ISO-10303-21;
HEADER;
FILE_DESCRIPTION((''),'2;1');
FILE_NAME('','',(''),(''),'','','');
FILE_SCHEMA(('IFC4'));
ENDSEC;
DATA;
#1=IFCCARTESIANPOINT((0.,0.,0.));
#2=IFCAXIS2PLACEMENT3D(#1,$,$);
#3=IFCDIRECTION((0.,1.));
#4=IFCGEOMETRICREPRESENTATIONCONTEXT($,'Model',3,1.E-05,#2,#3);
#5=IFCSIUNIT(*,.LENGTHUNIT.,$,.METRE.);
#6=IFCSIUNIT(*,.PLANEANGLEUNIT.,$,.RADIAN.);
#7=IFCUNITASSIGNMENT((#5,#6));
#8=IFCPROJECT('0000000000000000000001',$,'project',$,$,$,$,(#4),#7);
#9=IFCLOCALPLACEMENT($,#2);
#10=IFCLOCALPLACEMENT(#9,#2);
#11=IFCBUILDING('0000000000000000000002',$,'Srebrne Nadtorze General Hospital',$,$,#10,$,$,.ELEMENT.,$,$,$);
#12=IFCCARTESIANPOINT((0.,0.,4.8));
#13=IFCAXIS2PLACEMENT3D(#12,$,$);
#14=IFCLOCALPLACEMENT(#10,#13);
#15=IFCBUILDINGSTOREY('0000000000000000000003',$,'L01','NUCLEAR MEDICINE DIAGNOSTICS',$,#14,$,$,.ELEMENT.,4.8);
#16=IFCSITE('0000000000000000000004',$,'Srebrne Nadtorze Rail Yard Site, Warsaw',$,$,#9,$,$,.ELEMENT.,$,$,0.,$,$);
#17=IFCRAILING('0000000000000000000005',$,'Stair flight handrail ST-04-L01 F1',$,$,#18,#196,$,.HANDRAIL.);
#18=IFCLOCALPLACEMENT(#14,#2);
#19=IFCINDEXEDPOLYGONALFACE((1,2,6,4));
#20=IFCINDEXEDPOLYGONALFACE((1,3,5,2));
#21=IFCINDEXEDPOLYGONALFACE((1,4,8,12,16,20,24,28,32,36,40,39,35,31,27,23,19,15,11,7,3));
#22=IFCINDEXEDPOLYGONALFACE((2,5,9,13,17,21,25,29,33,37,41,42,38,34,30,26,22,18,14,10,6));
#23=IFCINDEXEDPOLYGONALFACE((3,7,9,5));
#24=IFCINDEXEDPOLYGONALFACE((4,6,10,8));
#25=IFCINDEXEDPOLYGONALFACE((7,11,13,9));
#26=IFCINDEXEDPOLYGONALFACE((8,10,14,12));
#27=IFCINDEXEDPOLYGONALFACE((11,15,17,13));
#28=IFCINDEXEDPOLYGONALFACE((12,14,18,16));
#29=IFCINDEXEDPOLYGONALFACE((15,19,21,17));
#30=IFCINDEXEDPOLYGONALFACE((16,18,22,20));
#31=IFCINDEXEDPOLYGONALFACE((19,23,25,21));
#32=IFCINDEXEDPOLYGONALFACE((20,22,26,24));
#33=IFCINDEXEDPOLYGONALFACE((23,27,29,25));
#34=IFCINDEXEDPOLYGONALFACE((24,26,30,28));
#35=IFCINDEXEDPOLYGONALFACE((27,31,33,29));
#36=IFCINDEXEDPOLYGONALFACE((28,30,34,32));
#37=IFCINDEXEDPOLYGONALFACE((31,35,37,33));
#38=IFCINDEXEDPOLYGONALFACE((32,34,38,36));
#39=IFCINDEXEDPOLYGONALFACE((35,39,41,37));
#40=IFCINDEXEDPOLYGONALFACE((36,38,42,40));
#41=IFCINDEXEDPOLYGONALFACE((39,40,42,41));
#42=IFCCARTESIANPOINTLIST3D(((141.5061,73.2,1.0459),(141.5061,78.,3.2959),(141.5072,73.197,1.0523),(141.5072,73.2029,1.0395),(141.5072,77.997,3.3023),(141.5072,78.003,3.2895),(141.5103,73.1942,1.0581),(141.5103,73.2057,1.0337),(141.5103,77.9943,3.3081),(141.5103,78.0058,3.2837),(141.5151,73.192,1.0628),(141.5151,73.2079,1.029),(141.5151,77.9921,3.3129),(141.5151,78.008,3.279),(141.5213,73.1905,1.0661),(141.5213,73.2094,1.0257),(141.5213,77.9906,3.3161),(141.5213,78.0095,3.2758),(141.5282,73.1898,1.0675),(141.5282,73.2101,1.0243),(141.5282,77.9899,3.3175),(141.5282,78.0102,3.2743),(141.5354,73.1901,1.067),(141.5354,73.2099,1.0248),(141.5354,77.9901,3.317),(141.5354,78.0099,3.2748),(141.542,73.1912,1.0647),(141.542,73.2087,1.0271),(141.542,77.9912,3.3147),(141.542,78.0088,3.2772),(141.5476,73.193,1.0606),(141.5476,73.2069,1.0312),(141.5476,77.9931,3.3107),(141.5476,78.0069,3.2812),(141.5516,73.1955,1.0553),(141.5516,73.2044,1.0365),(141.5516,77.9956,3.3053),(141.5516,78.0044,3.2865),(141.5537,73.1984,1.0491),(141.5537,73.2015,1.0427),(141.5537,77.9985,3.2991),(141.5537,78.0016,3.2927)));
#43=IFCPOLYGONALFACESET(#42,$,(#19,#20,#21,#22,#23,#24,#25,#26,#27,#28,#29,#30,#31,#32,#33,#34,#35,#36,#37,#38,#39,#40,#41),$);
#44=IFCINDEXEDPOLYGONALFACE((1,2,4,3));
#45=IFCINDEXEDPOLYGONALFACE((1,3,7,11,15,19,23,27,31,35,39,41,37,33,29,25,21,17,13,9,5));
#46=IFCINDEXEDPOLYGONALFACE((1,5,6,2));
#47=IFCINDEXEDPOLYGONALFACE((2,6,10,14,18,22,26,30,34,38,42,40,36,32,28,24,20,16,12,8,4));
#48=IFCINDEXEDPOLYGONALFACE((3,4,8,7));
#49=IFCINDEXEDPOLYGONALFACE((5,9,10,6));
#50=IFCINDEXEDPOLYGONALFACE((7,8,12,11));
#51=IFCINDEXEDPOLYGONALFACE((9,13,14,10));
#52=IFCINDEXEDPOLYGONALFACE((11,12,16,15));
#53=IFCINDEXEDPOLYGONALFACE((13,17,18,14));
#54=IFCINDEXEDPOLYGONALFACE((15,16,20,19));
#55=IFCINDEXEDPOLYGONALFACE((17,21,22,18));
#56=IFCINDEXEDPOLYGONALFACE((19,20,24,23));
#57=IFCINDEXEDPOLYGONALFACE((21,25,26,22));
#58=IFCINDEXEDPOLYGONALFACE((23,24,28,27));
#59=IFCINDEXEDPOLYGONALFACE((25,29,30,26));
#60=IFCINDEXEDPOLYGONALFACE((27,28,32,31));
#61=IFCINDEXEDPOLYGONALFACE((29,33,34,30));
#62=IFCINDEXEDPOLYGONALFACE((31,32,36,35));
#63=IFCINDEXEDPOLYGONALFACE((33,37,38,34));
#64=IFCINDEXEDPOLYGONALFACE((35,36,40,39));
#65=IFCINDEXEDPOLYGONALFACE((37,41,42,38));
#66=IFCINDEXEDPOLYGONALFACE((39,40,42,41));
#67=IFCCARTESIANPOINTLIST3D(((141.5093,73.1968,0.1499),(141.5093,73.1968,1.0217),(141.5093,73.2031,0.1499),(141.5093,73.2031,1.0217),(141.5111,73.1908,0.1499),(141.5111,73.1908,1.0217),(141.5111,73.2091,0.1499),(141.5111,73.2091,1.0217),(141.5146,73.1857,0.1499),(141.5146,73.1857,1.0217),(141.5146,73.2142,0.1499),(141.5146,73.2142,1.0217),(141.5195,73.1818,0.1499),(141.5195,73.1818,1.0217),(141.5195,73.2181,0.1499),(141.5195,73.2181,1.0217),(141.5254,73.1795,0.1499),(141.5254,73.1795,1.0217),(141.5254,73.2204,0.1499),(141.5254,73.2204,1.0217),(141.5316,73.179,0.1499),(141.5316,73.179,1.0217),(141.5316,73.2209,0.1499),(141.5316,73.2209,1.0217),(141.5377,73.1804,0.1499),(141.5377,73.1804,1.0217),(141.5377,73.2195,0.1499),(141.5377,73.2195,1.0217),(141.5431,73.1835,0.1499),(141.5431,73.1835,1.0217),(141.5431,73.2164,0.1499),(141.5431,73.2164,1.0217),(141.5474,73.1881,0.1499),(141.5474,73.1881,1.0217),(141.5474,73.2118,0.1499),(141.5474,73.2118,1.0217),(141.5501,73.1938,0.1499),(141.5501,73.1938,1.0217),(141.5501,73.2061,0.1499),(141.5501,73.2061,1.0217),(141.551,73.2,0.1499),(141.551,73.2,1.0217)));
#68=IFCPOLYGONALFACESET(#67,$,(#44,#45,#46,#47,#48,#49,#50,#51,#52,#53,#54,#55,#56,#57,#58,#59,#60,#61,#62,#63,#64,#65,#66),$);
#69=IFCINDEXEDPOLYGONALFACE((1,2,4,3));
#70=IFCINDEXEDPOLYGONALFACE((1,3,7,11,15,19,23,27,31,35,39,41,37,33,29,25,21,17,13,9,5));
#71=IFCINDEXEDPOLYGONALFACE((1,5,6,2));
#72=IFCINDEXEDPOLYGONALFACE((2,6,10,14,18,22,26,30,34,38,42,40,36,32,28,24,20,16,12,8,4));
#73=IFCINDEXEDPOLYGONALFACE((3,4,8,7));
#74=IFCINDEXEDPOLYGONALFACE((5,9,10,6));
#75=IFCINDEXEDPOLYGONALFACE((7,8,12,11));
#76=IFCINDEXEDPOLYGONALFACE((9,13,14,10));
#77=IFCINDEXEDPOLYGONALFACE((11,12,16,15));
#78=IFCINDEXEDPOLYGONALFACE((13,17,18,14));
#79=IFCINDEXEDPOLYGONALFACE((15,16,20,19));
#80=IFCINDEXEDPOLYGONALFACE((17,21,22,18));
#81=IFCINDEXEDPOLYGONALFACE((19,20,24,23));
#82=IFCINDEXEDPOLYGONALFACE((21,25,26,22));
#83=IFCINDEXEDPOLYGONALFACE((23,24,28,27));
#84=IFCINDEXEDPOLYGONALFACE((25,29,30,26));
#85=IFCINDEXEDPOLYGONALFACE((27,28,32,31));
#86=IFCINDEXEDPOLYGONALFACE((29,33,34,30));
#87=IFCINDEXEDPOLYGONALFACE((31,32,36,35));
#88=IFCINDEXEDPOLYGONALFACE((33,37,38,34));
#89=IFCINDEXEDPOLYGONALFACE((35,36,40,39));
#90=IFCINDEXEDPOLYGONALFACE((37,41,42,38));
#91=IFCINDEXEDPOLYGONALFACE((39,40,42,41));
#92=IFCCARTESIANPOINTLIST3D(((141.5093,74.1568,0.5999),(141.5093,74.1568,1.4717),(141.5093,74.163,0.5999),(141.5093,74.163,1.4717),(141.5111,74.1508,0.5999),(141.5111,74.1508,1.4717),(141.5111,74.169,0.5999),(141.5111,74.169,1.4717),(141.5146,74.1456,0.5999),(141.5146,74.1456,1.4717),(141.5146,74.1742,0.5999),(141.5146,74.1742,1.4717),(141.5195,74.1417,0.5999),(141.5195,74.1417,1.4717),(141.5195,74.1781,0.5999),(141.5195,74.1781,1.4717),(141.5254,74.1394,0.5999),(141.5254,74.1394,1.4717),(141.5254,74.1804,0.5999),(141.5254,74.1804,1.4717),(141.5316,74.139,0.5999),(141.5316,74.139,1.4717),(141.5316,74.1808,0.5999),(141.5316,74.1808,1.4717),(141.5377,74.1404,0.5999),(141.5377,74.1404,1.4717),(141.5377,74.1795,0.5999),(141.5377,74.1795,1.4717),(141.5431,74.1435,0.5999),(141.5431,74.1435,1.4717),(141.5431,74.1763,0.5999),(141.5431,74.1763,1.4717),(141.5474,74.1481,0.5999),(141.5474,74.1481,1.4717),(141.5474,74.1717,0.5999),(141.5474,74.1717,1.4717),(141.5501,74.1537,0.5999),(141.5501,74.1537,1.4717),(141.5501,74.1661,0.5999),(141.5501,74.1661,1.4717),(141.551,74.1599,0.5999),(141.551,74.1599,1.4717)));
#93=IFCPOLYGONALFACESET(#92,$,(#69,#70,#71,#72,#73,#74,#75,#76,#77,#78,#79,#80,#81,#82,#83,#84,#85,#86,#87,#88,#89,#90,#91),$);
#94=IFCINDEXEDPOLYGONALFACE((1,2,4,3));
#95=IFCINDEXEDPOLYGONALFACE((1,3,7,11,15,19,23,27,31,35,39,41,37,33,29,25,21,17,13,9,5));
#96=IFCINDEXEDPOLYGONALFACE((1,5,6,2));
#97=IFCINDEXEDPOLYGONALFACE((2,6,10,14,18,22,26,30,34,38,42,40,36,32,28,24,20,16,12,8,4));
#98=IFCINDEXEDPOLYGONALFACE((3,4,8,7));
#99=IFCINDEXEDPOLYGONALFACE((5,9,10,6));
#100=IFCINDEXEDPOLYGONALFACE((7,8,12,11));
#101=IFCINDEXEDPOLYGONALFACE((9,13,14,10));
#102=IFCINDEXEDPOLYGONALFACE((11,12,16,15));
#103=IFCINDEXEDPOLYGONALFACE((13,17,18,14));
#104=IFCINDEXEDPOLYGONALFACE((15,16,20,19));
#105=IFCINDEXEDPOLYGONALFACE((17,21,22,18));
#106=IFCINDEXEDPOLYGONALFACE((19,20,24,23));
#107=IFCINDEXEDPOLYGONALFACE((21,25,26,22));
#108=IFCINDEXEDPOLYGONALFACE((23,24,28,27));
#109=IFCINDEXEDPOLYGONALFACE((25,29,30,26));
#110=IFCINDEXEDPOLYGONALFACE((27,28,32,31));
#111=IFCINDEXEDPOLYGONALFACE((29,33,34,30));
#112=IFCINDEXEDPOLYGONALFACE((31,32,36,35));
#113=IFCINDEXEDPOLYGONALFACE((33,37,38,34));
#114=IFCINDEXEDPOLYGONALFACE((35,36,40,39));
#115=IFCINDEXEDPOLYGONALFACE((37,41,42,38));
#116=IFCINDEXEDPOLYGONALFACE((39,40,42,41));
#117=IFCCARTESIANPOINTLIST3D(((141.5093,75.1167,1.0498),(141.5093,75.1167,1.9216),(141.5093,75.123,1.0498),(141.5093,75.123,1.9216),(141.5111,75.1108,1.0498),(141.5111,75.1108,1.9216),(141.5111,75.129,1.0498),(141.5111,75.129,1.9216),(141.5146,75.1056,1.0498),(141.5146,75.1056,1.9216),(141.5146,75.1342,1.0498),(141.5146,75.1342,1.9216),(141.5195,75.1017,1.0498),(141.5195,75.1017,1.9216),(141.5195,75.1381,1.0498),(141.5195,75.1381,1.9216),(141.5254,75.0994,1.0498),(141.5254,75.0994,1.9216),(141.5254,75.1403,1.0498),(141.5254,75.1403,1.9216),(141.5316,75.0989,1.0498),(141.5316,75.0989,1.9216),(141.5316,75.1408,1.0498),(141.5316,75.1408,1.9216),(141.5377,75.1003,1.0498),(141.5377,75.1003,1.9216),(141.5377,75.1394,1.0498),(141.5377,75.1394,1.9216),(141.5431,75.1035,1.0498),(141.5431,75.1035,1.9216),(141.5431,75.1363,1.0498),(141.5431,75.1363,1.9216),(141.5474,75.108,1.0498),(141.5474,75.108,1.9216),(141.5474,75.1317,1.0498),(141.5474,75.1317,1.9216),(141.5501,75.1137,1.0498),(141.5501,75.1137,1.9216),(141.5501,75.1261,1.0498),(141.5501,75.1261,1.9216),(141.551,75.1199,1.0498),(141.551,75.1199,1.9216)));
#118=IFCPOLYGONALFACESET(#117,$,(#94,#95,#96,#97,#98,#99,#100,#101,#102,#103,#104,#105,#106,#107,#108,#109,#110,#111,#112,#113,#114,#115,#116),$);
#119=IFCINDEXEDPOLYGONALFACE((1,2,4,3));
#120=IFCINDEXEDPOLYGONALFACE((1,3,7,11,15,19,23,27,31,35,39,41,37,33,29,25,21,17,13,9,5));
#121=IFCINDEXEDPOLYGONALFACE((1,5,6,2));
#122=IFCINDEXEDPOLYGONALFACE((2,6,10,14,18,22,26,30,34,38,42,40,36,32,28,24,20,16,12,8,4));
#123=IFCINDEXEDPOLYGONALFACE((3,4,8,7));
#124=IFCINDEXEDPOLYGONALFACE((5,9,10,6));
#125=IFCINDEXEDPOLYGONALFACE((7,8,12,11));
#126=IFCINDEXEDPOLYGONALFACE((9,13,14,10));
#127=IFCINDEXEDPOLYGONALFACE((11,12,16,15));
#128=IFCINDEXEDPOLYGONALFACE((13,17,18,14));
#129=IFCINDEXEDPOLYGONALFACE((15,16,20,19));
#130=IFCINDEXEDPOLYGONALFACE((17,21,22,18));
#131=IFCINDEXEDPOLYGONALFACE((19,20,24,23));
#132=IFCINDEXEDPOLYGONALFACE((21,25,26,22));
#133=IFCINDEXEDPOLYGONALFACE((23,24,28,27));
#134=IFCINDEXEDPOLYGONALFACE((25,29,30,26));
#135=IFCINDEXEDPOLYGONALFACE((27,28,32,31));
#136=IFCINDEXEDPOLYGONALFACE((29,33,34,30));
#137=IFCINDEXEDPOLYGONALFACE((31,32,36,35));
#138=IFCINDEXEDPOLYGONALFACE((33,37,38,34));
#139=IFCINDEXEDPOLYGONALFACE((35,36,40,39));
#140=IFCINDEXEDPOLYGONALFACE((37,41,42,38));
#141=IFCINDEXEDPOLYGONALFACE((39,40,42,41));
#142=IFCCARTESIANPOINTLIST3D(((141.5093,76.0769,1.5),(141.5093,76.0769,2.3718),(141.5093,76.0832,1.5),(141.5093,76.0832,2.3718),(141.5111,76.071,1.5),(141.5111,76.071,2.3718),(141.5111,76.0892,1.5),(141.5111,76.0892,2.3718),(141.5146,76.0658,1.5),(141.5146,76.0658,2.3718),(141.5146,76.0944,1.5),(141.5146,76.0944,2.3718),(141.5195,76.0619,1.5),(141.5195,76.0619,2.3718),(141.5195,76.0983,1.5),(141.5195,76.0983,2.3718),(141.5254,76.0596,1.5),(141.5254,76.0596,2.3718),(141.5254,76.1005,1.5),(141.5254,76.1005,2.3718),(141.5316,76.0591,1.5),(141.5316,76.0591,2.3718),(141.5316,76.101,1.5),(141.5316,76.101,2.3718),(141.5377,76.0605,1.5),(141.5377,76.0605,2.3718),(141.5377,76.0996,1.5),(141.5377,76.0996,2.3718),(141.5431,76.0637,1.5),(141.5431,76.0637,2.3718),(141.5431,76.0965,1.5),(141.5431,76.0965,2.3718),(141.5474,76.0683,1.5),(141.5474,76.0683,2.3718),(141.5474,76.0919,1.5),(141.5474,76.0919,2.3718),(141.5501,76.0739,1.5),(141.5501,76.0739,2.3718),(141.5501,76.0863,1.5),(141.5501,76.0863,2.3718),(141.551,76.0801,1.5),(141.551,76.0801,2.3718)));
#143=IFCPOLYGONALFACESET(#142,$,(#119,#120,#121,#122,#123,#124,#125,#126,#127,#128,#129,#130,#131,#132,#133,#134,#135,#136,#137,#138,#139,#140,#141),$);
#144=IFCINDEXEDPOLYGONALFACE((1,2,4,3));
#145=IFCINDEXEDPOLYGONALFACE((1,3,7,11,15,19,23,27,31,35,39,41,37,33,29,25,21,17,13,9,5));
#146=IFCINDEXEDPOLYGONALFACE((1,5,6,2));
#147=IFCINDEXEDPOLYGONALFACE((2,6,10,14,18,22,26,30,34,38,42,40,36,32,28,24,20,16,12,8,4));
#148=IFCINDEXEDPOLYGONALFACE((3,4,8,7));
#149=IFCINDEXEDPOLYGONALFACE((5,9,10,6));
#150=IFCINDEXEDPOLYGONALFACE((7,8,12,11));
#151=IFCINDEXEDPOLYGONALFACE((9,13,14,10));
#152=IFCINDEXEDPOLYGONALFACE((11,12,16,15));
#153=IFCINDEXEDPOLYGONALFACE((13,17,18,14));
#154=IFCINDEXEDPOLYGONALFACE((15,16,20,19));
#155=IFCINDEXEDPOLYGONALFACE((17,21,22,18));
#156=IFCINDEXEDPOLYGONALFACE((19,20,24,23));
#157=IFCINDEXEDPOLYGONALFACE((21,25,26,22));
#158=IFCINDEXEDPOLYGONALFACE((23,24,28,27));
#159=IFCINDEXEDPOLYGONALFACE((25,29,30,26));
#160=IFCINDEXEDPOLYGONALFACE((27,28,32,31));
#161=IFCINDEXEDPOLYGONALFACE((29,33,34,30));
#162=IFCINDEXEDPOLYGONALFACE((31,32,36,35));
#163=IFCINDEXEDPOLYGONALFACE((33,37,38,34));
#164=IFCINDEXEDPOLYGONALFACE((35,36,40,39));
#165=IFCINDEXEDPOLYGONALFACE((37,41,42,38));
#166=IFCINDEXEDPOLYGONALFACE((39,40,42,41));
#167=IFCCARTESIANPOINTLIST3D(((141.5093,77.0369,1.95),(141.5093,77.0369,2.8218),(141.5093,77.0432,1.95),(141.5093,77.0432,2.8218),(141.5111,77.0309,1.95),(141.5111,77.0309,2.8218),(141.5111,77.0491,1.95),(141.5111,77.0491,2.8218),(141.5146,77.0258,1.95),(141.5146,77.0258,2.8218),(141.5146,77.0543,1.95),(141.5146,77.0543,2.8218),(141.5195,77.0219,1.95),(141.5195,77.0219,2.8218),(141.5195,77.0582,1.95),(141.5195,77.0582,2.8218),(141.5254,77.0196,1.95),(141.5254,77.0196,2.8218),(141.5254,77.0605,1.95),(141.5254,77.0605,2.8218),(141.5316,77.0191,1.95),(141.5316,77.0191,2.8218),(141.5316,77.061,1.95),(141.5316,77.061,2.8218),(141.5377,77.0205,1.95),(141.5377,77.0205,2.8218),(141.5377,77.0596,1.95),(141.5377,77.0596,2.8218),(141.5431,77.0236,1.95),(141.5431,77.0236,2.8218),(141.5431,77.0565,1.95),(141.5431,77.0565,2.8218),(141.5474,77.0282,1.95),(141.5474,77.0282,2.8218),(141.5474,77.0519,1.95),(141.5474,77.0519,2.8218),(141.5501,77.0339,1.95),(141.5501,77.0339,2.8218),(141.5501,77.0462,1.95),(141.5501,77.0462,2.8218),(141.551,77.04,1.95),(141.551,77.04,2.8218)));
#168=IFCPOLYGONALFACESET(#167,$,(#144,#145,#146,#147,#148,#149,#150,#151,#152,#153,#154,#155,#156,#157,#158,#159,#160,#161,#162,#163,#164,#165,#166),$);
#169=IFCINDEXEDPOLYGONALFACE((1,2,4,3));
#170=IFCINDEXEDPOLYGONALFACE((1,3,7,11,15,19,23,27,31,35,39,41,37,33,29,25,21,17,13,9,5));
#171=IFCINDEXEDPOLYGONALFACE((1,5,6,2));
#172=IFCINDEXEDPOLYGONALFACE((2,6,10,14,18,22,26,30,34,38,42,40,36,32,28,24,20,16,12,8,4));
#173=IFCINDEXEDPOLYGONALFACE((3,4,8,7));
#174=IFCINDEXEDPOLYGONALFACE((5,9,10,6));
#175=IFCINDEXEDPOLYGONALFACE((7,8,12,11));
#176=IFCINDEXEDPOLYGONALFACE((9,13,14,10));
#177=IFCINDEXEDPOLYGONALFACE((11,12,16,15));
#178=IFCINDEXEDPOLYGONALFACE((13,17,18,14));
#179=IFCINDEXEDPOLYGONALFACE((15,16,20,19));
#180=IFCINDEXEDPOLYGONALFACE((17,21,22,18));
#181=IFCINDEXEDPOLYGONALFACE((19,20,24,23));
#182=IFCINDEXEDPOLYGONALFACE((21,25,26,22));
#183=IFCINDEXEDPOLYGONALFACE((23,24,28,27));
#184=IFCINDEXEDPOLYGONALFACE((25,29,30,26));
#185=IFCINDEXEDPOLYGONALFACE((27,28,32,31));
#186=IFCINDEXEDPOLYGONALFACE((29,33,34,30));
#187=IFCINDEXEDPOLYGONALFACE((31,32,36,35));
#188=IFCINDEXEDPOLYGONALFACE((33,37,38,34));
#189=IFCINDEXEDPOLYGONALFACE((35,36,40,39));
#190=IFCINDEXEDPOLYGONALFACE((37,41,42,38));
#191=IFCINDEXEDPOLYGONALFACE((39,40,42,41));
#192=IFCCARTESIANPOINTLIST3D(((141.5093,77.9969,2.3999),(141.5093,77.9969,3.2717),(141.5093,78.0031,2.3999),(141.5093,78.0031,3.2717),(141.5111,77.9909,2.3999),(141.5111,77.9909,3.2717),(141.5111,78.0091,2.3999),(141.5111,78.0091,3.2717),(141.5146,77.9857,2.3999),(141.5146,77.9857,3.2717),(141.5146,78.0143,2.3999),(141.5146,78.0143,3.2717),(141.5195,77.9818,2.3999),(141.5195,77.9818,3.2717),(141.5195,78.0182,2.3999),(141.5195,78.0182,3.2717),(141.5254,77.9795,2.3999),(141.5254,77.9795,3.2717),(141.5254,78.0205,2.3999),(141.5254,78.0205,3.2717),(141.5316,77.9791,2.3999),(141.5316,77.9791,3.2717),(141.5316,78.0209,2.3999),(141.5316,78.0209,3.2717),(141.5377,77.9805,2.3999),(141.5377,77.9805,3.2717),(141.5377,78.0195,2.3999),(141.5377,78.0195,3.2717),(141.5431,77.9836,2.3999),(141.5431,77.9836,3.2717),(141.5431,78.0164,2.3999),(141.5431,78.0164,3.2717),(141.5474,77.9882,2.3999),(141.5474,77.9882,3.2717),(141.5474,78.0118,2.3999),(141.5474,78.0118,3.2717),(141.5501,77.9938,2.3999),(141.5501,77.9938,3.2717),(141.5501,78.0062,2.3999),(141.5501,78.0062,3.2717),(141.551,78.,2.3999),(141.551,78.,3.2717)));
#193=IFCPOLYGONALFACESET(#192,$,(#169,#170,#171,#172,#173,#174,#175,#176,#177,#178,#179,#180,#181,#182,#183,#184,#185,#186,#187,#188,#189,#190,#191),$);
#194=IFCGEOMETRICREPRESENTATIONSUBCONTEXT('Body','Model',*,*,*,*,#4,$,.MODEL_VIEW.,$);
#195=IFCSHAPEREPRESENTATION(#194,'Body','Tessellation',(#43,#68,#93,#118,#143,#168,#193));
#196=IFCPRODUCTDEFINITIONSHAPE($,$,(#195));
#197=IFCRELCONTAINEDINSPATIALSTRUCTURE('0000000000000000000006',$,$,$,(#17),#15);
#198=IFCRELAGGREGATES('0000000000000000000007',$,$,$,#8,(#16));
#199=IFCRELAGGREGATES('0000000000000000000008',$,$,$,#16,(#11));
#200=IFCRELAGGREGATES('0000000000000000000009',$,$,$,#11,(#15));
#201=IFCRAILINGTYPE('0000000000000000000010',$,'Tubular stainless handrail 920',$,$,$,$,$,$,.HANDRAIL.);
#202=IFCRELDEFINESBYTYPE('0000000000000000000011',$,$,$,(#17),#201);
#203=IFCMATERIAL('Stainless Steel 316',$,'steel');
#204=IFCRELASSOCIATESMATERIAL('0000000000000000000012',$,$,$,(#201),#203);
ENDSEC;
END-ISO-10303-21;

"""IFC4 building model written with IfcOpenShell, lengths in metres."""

from ifc_helpers import new_model, si_unit, direction, frame, origin, origin_2d, place, context, subcontext, project, spatial, circle, extrude, material, type_object, element, save


model = new_model("IFC4")

# Units and contexts
model_context = context("Model", 3, precision=1e-05, world=origin(), true_north=direction((0.0, 1.0)))
body_context = subcontext(model_context, "Body", "Model", "MODEL_VIEW")
ifc_project = project(units=[si_unit("LENGTHUNIT", "METRE"), si_unit("PLANEANGLEUNIT", "RADIAN")], contexts=[model_context])

# Site, building, storey
site_placement = place(None, origin())
site = spatial("IfcSite", under=ifc_project, at=site_placement, Name="Srebrne Nadtorze Rail Yard Site, Warsaw", CompositionType="ELEMENT", RefElevation=0.0)
building_placement = place(site_placement, origin())
building = spatial("IfcBuilding", under=site, at=building_placement, Name="Srebrne Nadtorze General Hospital", CompositionType="ELEMENT")
storey_placement = place(building_placement, frame((0.0, 0.0, 4.8)))
storey = spatial("IfcBuildingStorey", under=building, at=storey_placement, Name="L01", Description="NUCLEAR MEDICINE DIAGNOSTICS", CompositionType="ELEMENT", Elevation=4.8)

# Railing
ifc_material_1 = material(Name="Stainless Steel 316", Category="steel")
railing_type = type_object("IfcRailingType", Name="Tubular stainless handrail 920", PredefinedType="HANDRAIL", material=ifc_material_1)
railing_placement = place(storey_placement, frame((141.53, 73.2, 0.1499)))
element("IfcRailing", 1, at=railing_placement, inside=storey, type_object=railing_type, Name="Stair flight handrail ST-04-L01 F1", PredefinedType="HANDRAIL", context=body_context, shape_type="SweptSolid", body=[
    extrude(circle(Radius=0.0239, at=origin_2d()), frame((0.0, 0.0, 0.896), z_axis=(0.0, 0.905461, 0.42443), x_axis=(-1.0, 0.0, 0.0)), (0.0, 0.0, 1.0), 5.3013),
    extrude(circle(Radius=0.021, at=origin_2d()), origin(), (0.0, 0.0, 1.0), 0.8718),
    extrude(circle(Radius=0.021, at=origin_2d()), frame((0.0, 0.96, 0.45)), (0.0, 0.0, 1.0), 0.8718),
    extrude(circle(Radius=0.021, at=origin_2d()), frame((0.0, 1.9199, 0.8999)), (0.0, 0.0, 1.0), 0.8718),
    extrude(circle(Radius=0.021, at=origin_2d()), frame((0.0, 2.8801, 1.3501)), (0.0, 0.0, 1.0), 0.8718),
    extrude(circle(Radius=0.021, at=origin_2d()), frame((0.0, 3.8401, 1.8)), (0.0, 0.0, 1.0), 0.8718),
    extrude(circle(Radius=0.021, at=origin_2d()), frame((0.0, 4.8, 2.25)), (0.0, 0.0, 1.0), 0.8718),
])

save(model, "model.ifc")
